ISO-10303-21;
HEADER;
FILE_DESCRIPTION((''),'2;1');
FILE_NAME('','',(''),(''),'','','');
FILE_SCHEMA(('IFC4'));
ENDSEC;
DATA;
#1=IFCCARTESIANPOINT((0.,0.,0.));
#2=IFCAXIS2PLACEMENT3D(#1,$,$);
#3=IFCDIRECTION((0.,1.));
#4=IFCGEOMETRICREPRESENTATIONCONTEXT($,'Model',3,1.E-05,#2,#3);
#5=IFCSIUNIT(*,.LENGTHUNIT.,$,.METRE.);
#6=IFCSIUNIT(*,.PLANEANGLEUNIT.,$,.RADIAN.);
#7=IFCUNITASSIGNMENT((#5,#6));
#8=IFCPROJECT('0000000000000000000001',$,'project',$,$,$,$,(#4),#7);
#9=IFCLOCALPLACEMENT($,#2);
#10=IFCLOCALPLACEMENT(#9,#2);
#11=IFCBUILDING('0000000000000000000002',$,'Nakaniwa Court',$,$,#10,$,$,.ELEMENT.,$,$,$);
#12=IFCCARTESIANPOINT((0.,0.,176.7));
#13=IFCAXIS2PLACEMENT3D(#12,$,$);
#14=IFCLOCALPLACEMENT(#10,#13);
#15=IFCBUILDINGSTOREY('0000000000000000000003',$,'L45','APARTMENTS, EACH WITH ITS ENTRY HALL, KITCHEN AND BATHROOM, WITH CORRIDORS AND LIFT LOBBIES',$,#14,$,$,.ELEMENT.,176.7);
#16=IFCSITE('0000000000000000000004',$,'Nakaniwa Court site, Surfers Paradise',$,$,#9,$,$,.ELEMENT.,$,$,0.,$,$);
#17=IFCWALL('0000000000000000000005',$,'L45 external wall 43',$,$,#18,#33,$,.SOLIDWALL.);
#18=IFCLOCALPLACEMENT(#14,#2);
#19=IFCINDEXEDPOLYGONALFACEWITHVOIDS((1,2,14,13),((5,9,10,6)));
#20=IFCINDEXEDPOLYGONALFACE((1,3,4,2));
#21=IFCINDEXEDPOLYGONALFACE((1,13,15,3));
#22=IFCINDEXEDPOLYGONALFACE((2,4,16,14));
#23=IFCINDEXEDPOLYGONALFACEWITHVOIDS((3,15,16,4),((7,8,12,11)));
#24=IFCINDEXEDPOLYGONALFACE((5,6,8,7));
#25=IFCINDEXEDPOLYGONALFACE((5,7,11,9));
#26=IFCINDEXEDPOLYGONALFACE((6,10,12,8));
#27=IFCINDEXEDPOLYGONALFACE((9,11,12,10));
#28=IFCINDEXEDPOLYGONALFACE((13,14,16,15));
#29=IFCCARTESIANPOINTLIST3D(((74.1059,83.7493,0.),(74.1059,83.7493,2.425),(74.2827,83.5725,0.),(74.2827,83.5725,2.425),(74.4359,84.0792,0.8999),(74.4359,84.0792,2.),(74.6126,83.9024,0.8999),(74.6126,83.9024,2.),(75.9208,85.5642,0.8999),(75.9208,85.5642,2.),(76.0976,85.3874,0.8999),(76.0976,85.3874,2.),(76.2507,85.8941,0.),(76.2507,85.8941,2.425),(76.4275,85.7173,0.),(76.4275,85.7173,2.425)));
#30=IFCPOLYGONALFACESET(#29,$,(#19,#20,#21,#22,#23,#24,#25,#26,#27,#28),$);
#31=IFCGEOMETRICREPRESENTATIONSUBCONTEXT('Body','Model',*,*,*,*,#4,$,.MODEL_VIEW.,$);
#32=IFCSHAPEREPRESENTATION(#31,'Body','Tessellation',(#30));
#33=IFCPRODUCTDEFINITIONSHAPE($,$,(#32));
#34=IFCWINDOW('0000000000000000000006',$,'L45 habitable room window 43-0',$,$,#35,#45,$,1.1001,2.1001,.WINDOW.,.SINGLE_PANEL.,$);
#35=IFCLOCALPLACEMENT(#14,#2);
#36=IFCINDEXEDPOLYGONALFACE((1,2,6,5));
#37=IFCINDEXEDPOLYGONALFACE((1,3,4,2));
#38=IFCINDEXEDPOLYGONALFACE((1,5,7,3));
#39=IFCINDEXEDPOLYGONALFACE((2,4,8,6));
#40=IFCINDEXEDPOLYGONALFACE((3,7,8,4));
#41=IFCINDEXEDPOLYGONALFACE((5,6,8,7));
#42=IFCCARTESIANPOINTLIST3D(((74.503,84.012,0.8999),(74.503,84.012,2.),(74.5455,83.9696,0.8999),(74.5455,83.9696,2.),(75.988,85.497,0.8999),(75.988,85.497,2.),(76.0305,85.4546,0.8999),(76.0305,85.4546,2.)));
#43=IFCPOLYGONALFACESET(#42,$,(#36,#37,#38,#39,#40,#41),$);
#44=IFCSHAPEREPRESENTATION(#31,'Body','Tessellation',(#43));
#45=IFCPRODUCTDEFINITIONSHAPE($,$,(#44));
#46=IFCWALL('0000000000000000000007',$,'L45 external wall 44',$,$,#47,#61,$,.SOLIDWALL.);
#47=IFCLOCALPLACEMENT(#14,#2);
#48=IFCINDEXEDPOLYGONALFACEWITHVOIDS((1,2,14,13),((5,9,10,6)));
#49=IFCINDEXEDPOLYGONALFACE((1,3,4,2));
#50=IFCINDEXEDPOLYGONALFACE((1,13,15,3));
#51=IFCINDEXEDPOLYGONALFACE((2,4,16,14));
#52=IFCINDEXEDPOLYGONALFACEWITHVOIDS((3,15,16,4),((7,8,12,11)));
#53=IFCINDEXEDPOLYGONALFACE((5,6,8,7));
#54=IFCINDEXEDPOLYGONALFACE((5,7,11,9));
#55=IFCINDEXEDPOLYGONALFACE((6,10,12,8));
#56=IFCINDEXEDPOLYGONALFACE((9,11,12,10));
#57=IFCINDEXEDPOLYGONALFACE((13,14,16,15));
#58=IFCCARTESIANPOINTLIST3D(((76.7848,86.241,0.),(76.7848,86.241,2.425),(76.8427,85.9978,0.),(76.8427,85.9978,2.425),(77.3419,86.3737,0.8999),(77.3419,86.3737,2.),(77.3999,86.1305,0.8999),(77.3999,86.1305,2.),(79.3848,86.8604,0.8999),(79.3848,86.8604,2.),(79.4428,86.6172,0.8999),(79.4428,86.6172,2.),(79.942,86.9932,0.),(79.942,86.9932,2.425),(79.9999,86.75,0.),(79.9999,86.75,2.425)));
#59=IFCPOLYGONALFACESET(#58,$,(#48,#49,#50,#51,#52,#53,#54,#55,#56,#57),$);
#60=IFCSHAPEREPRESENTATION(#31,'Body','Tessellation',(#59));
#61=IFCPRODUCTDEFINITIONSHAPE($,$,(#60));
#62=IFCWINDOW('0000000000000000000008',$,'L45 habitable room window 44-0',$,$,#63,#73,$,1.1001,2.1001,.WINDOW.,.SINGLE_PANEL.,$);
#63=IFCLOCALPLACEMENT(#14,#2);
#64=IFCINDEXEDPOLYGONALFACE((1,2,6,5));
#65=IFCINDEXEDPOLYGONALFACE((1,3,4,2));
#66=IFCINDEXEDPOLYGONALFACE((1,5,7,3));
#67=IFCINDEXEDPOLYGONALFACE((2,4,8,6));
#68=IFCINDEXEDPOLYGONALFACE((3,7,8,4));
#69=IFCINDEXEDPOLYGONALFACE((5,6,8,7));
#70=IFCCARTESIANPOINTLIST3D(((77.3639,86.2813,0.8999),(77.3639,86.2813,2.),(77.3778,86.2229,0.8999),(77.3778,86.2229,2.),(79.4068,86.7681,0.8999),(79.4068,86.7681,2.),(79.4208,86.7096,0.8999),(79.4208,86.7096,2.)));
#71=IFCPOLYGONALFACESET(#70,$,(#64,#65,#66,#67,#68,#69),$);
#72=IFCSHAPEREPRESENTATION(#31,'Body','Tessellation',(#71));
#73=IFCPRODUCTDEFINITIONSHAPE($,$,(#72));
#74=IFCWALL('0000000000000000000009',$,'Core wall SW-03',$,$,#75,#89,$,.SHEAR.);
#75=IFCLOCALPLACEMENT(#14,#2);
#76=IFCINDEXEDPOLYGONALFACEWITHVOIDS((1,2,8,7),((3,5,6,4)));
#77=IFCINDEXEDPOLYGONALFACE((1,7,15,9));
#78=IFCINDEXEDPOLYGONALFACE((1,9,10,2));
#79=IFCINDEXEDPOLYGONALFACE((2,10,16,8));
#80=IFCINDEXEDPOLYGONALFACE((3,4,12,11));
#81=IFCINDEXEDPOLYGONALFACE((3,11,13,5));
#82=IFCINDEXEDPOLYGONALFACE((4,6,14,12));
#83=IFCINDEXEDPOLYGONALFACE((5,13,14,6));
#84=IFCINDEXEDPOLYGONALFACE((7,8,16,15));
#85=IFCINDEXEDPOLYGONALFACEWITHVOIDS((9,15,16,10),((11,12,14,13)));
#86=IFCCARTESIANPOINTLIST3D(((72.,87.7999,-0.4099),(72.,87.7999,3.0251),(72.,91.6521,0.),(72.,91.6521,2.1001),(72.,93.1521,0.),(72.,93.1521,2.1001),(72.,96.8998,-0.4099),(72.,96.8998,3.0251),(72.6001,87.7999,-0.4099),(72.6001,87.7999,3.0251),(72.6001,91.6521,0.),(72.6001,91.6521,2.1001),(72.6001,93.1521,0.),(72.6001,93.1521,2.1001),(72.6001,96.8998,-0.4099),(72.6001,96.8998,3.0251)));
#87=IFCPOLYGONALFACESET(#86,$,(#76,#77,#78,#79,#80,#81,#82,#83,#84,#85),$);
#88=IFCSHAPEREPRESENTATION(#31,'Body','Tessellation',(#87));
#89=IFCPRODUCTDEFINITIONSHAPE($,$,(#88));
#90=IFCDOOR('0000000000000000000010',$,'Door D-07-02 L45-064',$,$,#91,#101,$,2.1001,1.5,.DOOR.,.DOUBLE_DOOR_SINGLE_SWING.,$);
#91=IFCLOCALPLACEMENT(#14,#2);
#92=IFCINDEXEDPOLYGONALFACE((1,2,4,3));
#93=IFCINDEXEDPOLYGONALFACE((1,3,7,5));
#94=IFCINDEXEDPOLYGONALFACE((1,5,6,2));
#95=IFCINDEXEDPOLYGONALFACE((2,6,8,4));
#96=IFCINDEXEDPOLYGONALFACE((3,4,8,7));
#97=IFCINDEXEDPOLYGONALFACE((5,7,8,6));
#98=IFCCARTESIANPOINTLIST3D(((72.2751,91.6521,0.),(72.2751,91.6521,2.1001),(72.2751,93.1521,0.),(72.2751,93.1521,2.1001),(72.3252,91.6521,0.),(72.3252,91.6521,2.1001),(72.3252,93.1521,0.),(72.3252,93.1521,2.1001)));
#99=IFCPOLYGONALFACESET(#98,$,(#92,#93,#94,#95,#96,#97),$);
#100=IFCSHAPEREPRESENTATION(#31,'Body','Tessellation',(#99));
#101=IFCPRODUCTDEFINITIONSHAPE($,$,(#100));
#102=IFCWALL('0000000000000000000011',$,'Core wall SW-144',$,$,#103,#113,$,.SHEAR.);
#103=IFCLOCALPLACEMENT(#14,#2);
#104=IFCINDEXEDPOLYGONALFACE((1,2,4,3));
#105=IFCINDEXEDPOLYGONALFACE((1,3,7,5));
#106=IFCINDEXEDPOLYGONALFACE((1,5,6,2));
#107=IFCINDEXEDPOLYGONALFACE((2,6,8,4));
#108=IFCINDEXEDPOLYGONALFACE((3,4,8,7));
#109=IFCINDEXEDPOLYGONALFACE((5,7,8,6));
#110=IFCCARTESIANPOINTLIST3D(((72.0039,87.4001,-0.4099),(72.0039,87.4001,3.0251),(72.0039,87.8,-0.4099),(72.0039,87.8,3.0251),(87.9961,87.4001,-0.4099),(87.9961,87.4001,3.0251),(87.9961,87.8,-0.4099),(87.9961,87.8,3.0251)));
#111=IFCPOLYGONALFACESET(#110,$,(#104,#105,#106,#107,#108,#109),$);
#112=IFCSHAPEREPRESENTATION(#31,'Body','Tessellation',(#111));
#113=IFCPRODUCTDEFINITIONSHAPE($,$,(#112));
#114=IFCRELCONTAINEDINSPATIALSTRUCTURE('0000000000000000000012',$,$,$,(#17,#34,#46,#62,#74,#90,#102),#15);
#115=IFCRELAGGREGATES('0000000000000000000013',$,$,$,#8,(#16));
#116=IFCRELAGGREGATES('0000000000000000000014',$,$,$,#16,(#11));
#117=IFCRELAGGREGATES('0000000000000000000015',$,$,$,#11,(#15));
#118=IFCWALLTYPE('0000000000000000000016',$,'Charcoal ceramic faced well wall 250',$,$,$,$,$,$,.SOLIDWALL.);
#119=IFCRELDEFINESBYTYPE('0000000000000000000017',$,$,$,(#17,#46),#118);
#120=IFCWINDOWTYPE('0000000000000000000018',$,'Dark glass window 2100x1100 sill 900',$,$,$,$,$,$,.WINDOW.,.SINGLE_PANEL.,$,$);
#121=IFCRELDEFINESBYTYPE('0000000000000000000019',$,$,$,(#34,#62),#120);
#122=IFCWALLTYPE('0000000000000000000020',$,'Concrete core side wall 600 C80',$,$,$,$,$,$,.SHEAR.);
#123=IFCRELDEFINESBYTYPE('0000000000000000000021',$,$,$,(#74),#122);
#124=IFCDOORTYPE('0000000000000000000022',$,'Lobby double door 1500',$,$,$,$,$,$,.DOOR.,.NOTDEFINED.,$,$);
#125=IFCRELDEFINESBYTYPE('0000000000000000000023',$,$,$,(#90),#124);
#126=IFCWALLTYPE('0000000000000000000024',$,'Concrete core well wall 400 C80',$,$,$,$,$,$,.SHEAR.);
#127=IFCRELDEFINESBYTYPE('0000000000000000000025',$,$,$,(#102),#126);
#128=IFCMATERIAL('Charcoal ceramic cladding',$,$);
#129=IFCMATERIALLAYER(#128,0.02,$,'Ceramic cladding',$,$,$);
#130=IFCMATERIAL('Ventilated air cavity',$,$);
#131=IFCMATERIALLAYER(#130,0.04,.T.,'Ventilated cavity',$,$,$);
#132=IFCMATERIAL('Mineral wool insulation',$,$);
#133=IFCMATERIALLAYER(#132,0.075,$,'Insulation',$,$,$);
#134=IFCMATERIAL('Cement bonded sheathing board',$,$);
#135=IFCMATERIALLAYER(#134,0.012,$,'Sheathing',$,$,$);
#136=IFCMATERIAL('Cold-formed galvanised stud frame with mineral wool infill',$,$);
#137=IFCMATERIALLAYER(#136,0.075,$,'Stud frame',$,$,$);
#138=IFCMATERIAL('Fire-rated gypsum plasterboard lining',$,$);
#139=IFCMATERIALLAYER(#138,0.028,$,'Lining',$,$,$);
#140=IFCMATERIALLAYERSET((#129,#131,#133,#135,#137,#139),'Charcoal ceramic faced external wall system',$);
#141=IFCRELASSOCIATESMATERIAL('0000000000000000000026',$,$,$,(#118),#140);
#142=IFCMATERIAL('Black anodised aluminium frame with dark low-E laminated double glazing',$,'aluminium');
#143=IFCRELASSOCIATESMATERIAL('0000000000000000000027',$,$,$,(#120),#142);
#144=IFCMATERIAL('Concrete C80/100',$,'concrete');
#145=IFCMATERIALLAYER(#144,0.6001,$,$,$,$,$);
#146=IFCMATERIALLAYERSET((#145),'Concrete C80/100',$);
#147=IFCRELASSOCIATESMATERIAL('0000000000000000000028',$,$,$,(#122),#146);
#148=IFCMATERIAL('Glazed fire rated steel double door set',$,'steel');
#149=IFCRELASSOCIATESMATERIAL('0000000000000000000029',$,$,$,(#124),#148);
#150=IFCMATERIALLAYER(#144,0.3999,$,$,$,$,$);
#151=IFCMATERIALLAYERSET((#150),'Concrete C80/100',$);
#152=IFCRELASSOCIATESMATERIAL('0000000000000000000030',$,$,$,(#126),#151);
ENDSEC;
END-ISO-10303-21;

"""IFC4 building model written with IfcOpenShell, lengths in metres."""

from ifc_helpers import new_model, si_unit, direction, frame, frame_2d, origin, place, context, subcontext, project, spatial, rectangle, extrude, material, layer, layer_set, type_object, element, fill, save


model = new_model("IFC4")

# Units and contexts
model_context = context("Model", 3, precision=1e-05, world=origin(), true_north=direction((0.0, 1.0)))
body_context = subcontext(model_context, "Body", "Model", "MODEL_VIEW")
ifc_project = project(units=[si_unit("LENGTHUNIT", "METRE"), si_unit("PLANEANGLEUNIT", "RADIAN")], contexts=[model_context])

# Site, building, storey
site_placement = place(None, origin())
site = spatial("IfcSite", under=ifc_project, at=site_placement, Name="Nakaniwa Court site, Surfers Paradise", CompositionType="ELEMENT", RefElevation=0.0)
building_placement = place(site_placement, origin())
building = spatial("IfcBuilding", under=site, at=building_placement, Name="Nakaniwa Court", CompositionType="ELEMENT")
storey_placement = place(building_placement, frame((0.0, 0.0, 176.7)))
storey = spatial("IfcBuildingStorey", under=building, at=storey_placement, Name="L45", Description="APARTMENTS, EACH WITH ITS ENTRY HALL, KITCHEN AND BATHROOM, WITH CORRIDORS AND LIFT LOBBIES", CompositionType="ELEMENT", Elevation=176.7)

# Shared definitions
ifc_material_1 = material(Name="Concrete C80/100", Category="concrete")

# Shared definitions
ifc_material_2 = material(Name="Charcoal ceramic cladding")
ifc_layer_1 = layer(ifc_material_2, 0.02, Name="Ceramic cladding")
ifc_material_3 = material(Name="Ventilated air cavity")
ifc_layer_2 = layer(ifc_material_3, 0.04, ventilated=True, Name="Ventilated cavity")
ifc_material_4 = material(Name="Mineral wool insulation")
ifc_layer_3 = layer(ifc_material_4, 0.075, Name="Insulation")
ifc_material_5 = material(Name="Cement bonded sheathing board")
ifc_layer_4 = layer(ifc_material_5, 0.012, Name="Sheathing")
ifc_material_6 = material(Name="Cold-formed galvanised stud frame with mineral wool infill")
ifc_layer_5 = layer(ifc_material_6, 0.075, Name="Stud frame")
ifc_material_7 = material(Name="Fire-rated gypsum plasterboard lining")
ifc_layer_6 = layer(ifc_material_7, 0.028, Name="Lining")
ifc_layer_set_1 = layer_set([ifc_layer_1, ifc_layer_2, ifc_layer_3, ifc_layer_4, ifc_layer_5, ifc_layer_6], Name="Charcoal ceramic faced external wall system")
wall_type_1 = type_object("IfcWallType", Name="Charcoal ceramic faced well wall 250", PredefinedType="SOLIDWALL", material=ifc_layer_set_1)
ifc_material_8 = material(Name="Black anodised aluminium frame with dark low-E laminated double glazing", Category="aluminium")

# Walls, openings, windows
wall_1_placement = place(storey_placement, frame((74.1943, 83.6609, 0.0), z_axis=(0.0, 0.0, 1.0), x_axis=(0.707107, 0.707107, 0.0)))
wall_1 = element("IfcWall", 1, at=wall_1_placement, inside=storey, type_object=wall_type_1, Name="L45 external wall 43", PredefinedType="SOLIDWALL", context=body_context, shape_type="SweptSolid", body=[
    extrude(rectangle(XDim=3.0332, YDim=0.25, at=frame_2d((1.5166, 0.0))), origin(), (0.0, 0.0, 1.0), 2.425),
])
opening_1_placement = place(wall_1_placement, frame((0.4666, 0.0, 0.8999)))
opening_1 = element("IfcOpeningElement", 2, at=opening_1_placement, cuts=wall_1, PredefinedType="OPENING", context=body_context, shape_type="SweptSolid", body=[
    extrude(rectangle(XDim=2.1001, YDim=1.1001, at=frame_2d((1.05, 0.55))), frame((0.0, 0.135, 0.0), z_axis=(0.0, -1.0, 0.0), x_axis=(1.0, 0.0, 0.0)), (0.0, 0.0, 1.0), 0.27),
])
window_type_1 = type_object("IfcWindowType", Name="Dark glass window 2100x1100 sill 900", PartitioningType="SINGLE_PANEL", PredefinedType="WINDOW", material=ifc_material_8)
window_1_placement = place(opening_1_placement, origin())
window_1 = element("IfcWindow", 3, at=window_1_placement, inside=storey, type_object=window_type_1, Name="L45 habitable room window 43-0", OverallHeight=1.1001, OverallWidth=2.1001, PartitioningType="SINGLE_PANEL", PredefinedType="WINDOW", context=body_context, shape_type="SweptSolid", body=[
    extrude(rectangle(XDim=2.1001, YDim=1.1001, at=frame_2d((1.05, 0.55))), frame((0.0, 0.03, 0.0), z_axis=(0.0, -1.0, 0.0), x_axis=(1.0, 0.0, 0.0)), (0.0, 0.0, 1.0), 0.0601),
])
fill(opening_1, window_1)
wall_2_placement = place(storey_placement, frame((76.8137, 86.1194, 0.0), z_axis=(0.0, 0.0, 1.0), x_axis=(0.972773, 0.23176, 0.0)))
wall_2 = element("IfcWall", 4, at=wall_2_placement, inside=storey, type_object=wall_type_1, Name="L45 external wall 44", PredefinedType="SOLIDWALL", context=body_context, shape_type="SweptSolid", body=[
    extrude(rectangle(XDim=3.2456, YDim=0.25, at=frame_2d((1.6228, 0.0))), origin(), (0.0, 0.0, 1.0), 2.425),
])
opening_2_placement = place(wall_2_placement, frame((0.5728, 0.0, 0.8999)))
opening_2 = element("IfcOpeningElement", 5, at=opening_2_placement, cuts=wall_2, PredefinedType="OPENING", context=body_context, shape_type="SweptSolid", body=[
    extrude(rectangle(XDim=2.1001, YDim=1.1001, at=frame_2d((1.05, 0.55))), frame((0.0, 0.135, 0.0), z_axis=(0.0, -1.0, 0.0), x_axis=(1.0, 0.0, 0.0)), (0.0, 0.0, 1.0), 0.27),
])
window_2_placement = place(opening_2_placement, origin())
window_2 = element("IfcWindow", 6, at=window_2_placement, inside=storey, type_object=window_type_1, Name="L45 habitable room window 44-0", OverallHeight=1.1001, OverallWidth=2.1001, PartitioningType="SINGLE_PANEL", PredefinedType="WINDOW", context=body_context, shape_type="SweptSolid", body=[
    extrude(rectangle(XDim=2.1001, YDim=1.1001, at=frame_2d((1.05, 0.55))), frame((0.0, 0.03, 0.0), z_axis=(0.0, -1.0, 0.0), x_axis=(1.0, 0.0, 0.0)), (0.0, 0.0, 1.0), 0.0601),
])
fill(opening_2, window_2)

# Wall, opening, door
ifc_layer_7 = layer(ifc_material_1, 0.6001)
ifc_layer_set_2 = layer_set([ifc_layer_7], Name="Concrete C80/100")
wall_type_2 = type_object("IfcWallType", Name="Concrete core side wall 600 C80", PredefinedType="SHEAR", material=ifc_layer_set_2)
wall_3_placement = place(storey_placement, frame((72.3, 87.8, -0.4099), z_axis=(0.0, 0.0, 1.0), x_axis=(0.0, 1.0, 0.0)))
wall_3 = element("IfcWall", 7, at=wall_3_placement, inside=storey, type_object=wall_type_2, Name="Core wall SW-03", PredefinedType="SHEAR", context=body_context, shape_type="SweptSolid", body=[
    extrude(rectangle(XDim=9.0999, YDim=0.6001, at=frame_2d((4.5498, 0.0))), origin(), (0.0, 0.0, 1.0), 3.4351),
])
opening_3_placement = place(wall_3_placement, frame((3.8521, 0.0, 0.4099)))
opening_3 = element("IfcOpeningElement", 8, at=opening_3_placement, cuts=wall_3, PredefinedType="OPENING", context=body_context, shape_type="SweptSolid", body=[
    extrude(rectangle(XDim=1.5, YDim=2.1001, at=frame_2d((0.75, 1.05))), frame((0.0, 0.3101, 0.0), z_axis=(0.0, -1.0, 0.0), x_axis=(1.0, 0.0, 0.0)), (0.0, 0.0, 1.0), 0.6201),
])
ifc_material_9 = material(Name="Glazed fire rated steel double door set", Category="steel")
door_type = type_object("IfcDoorType", Name="Lobby double door 1500", OperationType="NOTDEFINED", PredefinedType="DOOR", material=ifc_material_9)
door_placement = place(opening_3_placement, origin())
door = element("IfcDoor", 9, at=door_placement, inside=storey, type_object=door_type, Name="Door D-07-02 L45-064", OperationType="DOUBLE_DOOR_SINGLE_SWING", OverallHeight=2.1001, OverallWidth=1.5, PredefinedType="DOOR", context=body_context, shape_type="SweptSolid", body=[
    extrude(rectangle(XDim=1.5, YDim=2.1001, at=frame_2d((0.75, 1.05))), frame((0.0, 0.0249, 0.0), z_axis=(0.0, -1.0, 0.0), x_axis=(1.0, 0.0, 0.0)), (0.0, 0.0, 1.0), 0.05),
])
fill(opening_3, door)

# Wall
ifc_layer_8 = layer(ifc_material_1, 0.3999)
ifc_layer_set_3 = layer_set([ifc_layer_8], Name="Concrete C80/100")
wall_type_3 = type_object("IfcWallType", Name="Concrete core well wall 400 C80", PredefinedType="SHEAR", material=ifc_layer_set_3)
wall_4_placement = place(storey_placement, frame((72.0039, 87.6001, -0.4099), z_axis=(0.0, 0.0, 1.0), x_axis=(1.0, 0.0, 0.0)))
element("IfcWall", 10, at=wall_4_placement, inside=storey, type_object=wall_type_3, Name="Core wall SW-144", PredefinedType="SHEAR", context=body_context, shape_type="SweptSolid", body=[
    extrude(rectangle(XDim=15.9922, YDim=0.3999, at=frame_2d((7.9961, 0.0))), origin(), (0.0, 0.0, 1.0), 3.4351),
])

save(model, "model.ifc")
